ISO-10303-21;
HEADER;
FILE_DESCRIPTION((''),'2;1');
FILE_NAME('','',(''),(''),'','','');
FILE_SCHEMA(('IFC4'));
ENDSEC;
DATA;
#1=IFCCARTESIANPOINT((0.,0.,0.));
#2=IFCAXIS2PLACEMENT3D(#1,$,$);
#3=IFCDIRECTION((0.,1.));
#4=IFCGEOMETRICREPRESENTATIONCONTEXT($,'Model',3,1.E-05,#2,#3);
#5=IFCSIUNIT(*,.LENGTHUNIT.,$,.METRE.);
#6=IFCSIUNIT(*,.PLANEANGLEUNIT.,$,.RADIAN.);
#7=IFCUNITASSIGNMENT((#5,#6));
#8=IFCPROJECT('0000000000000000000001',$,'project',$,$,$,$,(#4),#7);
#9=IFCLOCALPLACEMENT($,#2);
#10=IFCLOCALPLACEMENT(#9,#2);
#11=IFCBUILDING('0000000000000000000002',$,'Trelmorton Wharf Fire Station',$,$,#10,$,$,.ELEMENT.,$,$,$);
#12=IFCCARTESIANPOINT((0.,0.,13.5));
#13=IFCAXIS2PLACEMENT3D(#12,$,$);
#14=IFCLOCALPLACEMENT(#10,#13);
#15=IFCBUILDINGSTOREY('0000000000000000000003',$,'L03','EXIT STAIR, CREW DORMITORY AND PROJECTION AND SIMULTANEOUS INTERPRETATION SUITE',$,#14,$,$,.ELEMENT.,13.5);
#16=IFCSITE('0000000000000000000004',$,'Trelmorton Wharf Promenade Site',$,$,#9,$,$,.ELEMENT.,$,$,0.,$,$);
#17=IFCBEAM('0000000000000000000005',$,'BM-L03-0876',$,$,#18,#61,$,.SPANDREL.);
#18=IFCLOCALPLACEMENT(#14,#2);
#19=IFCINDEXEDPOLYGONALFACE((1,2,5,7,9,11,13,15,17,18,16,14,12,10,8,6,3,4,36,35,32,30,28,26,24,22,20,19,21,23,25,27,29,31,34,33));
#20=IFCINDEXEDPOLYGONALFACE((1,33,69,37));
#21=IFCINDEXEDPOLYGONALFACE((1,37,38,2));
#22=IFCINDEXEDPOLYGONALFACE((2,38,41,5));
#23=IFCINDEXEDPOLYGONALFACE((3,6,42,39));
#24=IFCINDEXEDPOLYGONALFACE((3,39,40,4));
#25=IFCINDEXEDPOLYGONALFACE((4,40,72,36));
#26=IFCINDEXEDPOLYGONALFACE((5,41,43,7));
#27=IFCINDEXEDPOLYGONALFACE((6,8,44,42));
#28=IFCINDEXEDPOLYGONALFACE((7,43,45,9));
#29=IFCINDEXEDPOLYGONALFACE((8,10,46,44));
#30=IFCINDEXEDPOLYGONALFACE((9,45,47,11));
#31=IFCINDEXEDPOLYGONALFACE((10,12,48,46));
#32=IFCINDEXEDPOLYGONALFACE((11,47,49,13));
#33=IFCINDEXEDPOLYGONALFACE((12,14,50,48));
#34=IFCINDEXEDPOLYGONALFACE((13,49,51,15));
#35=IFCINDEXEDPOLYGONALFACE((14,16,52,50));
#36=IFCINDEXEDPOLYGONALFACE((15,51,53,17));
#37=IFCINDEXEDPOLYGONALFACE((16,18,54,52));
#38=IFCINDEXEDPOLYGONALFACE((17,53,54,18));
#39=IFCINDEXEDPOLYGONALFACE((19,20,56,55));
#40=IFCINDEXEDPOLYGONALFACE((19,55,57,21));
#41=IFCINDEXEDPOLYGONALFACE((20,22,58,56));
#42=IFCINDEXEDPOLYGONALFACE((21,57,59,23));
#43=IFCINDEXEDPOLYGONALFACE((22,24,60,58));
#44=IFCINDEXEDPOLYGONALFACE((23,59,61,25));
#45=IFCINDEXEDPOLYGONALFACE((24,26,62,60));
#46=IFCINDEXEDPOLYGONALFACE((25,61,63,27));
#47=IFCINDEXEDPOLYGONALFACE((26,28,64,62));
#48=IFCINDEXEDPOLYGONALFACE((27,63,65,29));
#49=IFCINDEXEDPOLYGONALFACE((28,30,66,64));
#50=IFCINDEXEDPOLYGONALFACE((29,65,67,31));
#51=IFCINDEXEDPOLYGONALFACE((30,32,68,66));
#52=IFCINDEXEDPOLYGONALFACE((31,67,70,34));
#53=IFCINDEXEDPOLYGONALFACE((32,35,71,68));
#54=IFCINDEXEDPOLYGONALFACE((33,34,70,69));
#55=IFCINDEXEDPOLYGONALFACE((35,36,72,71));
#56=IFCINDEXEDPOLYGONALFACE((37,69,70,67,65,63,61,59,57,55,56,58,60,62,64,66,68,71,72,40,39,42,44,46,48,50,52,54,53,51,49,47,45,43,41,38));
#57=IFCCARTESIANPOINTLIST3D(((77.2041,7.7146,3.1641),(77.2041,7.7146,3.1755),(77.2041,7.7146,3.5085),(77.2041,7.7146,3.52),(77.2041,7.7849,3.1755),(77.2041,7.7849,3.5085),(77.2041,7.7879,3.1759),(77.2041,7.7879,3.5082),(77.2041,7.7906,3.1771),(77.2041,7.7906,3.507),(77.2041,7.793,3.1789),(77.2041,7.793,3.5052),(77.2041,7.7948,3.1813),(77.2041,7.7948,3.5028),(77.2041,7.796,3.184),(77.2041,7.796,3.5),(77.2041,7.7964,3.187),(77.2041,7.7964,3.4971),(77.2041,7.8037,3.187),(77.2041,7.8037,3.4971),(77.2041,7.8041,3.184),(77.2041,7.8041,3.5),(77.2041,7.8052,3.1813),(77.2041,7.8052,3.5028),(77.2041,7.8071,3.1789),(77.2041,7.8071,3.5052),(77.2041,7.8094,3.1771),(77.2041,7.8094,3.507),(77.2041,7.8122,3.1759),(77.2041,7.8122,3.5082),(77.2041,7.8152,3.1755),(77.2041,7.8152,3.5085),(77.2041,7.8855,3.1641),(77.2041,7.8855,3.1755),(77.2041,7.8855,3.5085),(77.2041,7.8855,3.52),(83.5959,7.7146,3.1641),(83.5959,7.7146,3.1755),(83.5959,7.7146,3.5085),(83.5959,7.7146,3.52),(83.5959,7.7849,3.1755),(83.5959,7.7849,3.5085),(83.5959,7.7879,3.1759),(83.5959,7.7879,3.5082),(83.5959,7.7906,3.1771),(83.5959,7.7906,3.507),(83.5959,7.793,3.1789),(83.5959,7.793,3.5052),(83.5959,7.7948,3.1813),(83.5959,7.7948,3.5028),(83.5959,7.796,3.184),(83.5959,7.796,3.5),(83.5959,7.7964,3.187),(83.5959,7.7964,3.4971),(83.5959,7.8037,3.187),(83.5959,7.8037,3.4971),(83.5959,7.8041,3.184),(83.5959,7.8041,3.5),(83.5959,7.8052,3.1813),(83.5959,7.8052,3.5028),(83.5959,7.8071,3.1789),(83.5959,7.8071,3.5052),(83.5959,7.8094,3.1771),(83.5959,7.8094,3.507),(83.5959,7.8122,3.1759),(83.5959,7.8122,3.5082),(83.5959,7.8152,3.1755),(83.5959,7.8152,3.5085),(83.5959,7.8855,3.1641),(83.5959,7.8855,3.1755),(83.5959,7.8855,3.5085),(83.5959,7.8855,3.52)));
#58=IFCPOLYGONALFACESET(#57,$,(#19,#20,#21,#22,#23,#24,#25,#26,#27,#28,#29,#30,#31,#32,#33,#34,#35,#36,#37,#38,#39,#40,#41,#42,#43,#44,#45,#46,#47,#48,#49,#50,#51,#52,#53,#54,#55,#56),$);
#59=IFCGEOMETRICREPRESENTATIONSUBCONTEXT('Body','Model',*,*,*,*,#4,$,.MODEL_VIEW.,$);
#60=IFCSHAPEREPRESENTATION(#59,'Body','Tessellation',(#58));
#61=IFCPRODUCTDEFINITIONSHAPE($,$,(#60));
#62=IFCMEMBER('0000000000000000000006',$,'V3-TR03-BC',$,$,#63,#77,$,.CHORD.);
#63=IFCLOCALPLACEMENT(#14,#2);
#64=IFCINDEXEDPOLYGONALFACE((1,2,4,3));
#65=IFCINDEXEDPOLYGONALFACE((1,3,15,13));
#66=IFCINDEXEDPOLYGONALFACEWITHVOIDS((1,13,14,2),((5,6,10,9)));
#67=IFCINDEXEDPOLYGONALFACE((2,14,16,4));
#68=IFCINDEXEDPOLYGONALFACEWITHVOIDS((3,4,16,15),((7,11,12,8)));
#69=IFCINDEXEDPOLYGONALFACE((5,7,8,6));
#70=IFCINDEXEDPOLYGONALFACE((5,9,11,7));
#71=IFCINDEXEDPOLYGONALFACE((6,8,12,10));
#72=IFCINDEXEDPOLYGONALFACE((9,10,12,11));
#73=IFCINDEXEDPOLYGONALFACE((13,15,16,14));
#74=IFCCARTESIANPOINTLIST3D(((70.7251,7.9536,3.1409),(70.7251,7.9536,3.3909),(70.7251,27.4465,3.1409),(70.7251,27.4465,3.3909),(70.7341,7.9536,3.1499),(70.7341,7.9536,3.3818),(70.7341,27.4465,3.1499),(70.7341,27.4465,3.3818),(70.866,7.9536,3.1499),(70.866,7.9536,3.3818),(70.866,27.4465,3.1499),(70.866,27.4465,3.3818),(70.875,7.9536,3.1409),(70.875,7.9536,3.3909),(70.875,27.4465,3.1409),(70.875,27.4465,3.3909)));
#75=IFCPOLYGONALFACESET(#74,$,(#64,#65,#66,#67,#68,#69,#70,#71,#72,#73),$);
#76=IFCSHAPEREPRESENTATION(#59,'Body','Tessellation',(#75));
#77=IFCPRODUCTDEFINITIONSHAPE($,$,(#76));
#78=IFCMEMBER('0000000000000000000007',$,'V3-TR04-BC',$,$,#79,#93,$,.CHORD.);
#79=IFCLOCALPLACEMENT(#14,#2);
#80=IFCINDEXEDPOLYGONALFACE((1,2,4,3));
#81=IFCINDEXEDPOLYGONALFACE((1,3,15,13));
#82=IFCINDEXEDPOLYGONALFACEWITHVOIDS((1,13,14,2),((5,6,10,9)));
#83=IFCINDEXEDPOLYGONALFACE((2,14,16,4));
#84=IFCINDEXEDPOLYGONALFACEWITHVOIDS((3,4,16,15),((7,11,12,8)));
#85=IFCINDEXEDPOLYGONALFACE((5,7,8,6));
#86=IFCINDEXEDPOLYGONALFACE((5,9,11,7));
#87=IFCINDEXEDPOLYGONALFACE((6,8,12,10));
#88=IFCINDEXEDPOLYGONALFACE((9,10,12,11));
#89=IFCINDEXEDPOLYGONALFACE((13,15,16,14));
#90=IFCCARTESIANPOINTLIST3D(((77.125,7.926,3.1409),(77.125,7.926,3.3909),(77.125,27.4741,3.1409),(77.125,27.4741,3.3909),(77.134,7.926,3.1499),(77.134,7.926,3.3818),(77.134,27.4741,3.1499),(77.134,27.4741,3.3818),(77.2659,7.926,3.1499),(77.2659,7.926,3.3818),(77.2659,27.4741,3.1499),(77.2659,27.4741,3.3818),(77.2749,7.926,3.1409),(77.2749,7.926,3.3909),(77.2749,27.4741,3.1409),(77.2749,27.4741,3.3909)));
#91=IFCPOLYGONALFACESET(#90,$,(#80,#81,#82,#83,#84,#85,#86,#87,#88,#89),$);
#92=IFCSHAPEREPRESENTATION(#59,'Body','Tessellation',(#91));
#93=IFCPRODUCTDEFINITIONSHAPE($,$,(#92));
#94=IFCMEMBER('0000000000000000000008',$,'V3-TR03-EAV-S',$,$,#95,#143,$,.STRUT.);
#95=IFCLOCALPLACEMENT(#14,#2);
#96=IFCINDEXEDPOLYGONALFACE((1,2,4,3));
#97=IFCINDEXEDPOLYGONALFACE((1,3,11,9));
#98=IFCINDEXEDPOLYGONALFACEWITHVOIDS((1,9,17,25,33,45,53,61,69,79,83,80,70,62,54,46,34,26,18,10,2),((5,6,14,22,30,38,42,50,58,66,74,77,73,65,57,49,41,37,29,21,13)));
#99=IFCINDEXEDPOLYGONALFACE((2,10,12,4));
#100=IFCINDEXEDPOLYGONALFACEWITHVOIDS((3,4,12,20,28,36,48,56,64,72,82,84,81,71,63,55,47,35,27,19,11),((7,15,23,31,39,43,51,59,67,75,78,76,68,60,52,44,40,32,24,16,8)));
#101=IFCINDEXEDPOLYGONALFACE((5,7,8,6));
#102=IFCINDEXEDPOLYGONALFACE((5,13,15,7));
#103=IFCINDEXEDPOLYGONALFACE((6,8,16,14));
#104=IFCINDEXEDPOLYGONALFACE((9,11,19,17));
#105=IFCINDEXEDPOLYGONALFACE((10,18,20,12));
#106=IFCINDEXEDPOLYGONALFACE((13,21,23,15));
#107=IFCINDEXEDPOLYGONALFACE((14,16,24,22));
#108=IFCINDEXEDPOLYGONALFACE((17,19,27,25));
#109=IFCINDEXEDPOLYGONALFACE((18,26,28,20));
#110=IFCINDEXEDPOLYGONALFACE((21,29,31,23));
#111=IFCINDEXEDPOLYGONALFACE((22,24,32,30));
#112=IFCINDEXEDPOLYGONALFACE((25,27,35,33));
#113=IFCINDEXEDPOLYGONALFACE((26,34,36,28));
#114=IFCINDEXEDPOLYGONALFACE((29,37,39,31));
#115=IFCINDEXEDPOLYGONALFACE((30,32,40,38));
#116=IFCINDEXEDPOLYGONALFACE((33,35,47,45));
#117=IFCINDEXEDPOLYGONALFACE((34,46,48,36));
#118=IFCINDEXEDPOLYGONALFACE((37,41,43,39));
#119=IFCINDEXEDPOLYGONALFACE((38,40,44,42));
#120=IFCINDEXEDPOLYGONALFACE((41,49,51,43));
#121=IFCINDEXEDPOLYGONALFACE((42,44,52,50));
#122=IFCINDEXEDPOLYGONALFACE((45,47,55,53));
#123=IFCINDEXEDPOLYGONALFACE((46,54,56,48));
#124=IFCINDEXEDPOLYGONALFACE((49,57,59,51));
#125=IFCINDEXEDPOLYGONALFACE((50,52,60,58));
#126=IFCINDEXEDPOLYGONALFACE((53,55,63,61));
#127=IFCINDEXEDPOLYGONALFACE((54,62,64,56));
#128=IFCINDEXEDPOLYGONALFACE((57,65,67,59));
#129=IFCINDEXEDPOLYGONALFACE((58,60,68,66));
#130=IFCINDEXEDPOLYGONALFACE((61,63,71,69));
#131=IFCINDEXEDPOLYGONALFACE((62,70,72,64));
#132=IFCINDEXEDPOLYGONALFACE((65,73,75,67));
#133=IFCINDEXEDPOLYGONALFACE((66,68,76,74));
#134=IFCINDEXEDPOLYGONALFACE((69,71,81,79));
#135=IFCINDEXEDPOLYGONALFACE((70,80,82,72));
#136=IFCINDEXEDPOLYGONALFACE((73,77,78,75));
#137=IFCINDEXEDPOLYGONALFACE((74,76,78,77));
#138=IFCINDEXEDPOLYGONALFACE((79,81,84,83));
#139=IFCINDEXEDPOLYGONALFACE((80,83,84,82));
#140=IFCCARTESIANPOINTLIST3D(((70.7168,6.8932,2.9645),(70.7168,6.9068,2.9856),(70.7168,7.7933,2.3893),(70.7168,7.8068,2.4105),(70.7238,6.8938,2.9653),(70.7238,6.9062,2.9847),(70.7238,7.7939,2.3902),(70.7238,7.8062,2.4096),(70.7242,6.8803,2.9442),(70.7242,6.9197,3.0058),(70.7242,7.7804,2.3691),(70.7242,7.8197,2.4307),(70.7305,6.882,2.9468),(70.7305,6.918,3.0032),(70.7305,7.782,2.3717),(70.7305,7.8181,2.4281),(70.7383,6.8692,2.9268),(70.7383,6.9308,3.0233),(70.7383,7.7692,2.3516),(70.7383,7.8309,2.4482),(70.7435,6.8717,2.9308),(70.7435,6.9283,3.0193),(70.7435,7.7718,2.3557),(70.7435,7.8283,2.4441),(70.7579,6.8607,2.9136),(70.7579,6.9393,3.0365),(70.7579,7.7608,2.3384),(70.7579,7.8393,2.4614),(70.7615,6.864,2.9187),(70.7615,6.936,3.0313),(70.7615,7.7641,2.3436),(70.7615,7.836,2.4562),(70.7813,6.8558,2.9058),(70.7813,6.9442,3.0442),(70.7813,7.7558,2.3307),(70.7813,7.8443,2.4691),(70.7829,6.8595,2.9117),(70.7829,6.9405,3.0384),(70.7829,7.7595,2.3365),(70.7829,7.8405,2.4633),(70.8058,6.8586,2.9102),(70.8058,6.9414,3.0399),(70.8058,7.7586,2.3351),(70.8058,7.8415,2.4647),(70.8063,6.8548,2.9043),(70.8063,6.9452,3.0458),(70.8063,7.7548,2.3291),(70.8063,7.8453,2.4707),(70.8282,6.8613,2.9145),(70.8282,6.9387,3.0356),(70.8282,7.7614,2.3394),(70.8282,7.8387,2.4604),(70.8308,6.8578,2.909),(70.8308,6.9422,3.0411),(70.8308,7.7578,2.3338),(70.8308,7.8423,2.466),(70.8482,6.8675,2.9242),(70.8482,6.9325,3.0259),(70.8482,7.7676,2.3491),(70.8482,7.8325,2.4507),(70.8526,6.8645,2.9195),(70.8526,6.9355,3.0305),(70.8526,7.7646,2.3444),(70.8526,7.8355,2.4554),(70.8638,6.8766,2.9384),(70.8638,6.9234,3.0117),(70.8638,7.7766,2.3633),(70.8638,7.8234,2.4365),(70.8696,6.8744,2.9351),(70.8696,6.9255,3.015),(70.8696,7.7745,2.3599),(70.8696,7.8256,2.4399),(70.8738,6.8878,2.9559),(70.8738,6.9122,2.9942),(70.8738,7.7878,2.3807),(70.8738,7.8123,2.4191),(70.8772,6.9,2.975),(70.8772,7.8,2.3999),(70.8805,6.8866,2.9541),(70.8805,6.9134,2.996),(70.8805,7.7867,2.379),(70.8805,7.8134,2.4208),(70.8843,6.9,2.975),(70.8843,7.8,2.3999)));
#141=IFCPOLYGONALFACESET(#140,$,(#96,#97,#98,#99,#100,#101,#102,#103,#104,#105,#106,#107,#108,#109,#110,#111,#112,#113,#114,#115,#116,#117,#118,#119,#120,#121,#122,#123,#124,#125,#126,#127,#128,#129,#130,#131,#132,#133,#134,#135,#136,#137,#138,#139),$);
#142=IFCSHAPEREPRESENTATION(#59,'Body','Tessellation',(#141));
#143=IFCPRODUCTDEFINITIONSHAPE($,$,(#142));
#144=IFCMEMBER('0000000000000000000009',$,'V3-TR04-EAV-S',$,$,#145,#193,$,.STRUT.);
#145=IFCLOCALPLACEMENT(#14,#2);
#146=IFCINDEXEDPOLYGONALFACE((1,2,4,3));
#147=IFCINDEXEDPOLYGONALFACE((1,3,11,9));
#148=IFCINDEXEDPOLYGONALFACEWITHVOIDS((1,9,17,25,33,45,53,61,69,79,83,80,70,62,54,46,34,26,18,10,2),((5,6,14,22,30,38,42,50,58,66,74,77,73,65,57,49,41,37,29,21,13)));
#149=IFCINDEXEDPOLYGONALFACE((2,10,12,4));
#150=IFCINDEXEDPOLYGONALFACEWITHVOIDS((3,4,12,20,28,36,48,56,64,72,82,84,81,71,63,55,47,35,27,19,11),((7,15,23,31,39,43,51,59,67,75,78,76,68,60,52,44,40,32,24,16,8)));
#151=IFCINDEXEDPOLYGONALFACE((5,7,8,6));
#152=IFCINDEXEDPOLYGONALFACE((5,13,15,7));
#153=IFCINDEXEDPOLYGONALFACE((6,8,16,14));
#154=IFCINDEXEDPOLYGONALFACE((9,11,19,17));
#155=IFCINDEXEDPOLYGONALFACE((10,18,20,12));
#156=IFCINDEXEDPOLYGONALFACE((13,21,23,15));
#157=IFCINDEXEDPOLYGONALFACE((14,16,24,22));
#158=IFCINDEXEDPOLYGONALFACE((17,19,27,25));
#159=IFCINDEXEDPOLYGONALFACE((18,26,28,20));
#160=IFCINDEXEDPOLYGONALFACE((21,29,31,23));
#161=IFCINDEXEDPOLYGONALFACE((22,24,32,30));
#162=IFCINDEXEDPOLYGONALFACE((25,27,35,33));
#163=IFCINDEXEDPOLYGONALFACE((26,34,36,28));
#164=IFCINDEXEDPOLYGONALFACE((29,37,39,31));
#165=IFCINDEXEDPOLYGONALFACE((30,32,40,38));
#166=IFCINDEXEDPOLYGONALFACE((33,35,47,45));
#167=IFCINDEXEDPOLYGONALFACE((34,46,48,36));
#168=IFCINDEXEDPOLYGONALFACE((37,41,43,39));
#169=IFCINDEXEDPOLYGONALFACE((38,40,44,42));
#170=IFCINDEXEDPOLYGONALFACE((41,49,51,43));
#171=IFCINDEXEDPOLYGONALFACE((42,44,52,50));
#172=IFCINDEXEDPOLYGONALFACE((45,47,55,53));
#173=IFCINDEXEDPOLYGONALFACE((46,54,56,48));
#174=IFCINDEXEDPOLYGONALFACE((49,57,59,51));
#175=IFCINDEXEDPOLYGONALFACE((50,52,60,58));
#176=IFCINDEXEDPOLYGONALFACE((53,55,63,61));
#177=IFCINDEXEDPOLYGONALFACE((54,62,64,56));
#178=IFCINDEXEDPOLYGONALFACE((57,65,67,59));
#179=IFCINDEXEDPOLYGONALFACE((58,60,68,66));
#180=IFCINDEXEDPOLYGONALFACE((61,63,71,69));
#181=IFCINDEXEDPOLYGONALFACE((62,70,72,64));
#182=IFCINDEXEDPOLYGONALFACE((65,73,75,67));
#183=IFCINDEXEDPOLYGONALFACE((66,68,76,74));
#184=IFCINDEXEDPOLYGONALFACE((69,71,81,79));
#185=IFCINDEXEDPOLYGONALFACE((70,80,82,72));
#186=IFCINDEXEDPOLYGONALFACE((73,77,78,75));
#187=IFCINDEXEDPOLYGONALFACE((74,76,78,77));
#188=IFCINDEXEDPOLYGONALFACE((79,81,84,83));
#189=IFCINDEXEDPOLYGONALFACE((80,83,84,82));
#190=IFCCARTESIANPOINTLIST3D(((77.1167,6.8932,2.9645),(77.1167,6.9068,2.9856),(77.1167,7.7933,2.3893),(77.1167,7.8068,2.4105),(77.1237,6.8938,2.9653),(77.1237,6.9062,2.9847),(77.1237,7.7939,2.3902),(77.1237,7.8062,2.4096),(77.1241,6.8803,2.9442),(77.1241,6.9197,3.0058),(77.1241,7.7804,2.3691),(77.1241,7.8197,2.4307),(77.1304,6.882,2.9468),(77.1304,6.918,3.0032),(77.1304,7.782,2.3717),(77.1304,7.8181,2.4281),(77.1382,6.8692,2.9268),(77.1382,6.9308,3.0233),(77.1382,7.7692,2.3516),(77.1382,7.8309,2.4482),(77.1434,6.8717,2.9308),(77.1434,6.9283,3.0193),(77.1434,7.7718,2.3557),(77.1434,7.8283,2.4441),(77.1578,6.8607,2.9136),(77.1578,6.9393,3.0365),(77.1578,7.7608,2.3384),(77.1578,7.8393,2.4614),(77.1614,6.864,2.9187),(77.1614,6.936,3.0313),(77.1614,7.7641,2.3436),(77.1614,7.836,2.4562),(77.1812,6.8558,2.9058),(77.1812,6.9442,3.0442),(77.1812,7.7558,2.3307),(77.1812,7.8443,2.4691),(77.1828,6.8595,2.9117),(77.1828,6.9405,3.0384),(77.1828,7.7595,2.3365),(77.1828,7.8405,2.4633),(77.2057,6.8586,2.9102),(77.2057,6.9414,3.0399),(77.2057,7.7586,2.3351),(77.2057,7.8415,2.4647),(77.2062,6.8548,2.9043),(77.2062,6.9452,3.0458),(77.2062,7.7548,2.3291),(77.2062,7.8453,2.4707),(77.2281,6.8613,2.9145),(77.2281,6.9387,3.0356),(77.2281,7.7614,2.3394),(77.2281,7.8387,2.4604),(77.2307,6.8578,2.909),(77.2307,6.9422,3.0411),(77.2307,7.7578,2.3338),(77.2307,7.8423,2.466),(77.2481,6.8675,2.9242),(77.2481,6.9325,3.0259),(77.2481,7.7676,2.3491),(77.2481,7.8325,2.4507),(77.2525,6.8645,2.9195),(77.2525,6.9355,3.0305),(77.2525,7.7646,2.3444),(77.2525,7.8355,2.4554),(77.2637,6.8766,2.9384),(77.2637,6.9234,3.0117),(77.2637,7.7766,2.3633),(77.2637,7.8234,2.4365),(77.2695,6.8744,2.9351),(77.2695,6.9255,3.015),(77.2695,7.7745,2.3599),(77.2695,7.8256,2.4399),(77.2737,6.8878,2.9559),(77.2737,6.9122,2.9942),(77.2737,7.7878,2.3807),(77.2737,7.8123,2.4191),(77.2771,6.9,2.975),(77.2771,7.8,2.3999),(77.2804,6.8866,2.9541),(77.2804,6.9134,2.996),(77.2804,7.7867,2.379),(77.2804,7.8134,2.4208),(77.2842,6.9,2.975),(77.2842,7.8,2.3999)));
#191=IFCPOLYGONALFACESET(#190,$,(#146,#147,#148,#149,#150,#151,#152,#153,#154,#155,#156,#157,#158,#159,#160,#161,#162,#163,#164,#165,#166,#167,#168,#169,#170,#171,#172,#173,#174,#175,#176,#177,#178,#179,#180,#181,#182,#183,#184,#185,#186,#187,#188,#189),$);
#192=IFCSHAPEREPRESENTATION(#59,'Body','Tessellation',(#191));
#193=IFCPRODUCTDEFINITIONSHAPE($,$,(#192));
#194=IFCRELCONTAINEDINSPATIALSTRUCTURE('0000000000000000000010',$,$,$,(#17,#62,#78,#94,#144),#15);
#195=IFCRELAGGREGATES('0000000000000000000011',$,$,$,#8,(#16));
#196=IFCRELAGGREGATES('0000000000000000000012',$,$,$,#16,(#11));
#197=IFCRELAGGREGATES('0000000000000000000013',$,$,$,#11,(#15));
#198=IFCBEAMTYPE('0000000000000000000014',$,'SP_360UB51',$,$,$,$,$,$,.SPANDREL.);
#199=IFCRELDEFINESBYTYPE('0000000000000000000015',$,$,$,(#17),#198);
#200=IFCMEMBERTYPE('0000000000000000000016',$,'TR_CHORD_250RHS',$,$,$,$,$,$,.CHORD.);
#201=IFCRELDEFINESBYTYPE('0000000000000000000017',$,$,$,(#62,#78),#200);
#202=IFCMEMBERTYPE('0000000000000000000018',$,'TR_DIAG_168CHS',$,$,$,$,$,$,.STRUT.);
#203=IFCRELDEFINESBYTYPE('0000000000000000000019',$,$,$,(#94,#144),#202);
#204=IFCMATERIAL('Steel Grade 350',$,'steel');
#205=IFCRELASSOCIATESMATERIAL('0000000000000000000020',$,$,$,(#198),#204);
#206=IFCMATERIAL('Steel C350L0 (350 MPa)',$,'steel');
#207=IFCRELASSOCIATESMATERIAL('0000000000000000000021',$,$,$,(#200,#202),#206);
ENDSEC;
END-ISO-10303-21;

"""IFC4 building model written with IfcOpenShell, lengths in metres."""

from ifc_helpers import new_model, si_unit, direction, frame, origin, origin_2d, place, context, subcontext, project, spatial, hollow_rectangle, hollow_circle, i_section, extrude, material, material_profile, profile_set, type_object, element, save


model = new_model("IFC4")

# Units and contexts
model_context = context("Model", 3, precision=1e-05, world=origin(), true_north=direction((0.0, 1.0)))
body_context = subcontext(model_context, "Body", "Model", "MODEL_VIEW")
ifc_project = project(units=[si_unit("LENGTHUNIT", "METRE"), si_unit("PLANEANGLEUNIT", "RADIAN")], contexts=[model_context])

# Site, building, storey
site_placement = place(None, origin())
site = spatial("IfcSite", under=ifc_project, at=site_placement, Name="Trelmorton Wharf Promenade Site", CompositionType="ELEMENT", RefElevation=0.0)
building_placement = place(site_placement, origin())
building = spatial("IfcBuilding", under=site, at=building_placement, Name="Trelmorton Wharf Fire Station", CompositionType="ELEMENT")
storey_placement = place(building_placement, frame((0.0, 0.0, 13.5)))
storey = spatial("IfcBuildingStorey", under=building, at=storey_placement, Name="L03", Description="EXIT STAIR, CREW DORMITORY AND PROJECTION AND SIMULTANEOUS INTERPRETATION SUITE", CompositionType="ELEMENT", Elevation=13.5)

# Shared definitions
ifc_material_1 = material(Name="Steel Grade 350", Category="steel")

# Beam
ifc_material_profile_1 = material_profile(ifc_material_1, i_section(OverallWidth=0.1709, OverallDepth=0.356, WebThickness=0.0073, FlangeThickness=0.0115, FilletRadius=0.0115, at=origin_2d()), Name="360UB50.7")
ifc_profile_set_1 = profile_set([ifc_material_profile_1], Name="Steel Grade 350")
beam_type = type_object("IfcBeamType", Name="SP_360UB51", PredefinedType="SPANDREL", material=ifc_profile_set_1)
beam_1_placement = place(storey_placement, frame((77.2041, 7.8, 3.342), z_axis=(1.0, 0.0, 0.0), x_axis=(0.0, 1.0, 0.0)))
element("IfcBeam", 1, at=beam_1_placement, inside=storey, type_object=beam_type, Name="BM-L03-0876", PredefinedType="SPANDREL", context=body_context, shape_type="SweptSolid", body=[
    extrude(i_section(OverallWidth=0.1709, OverallDepth=0.356, WebThickness=0.0073, FlangeThickness=0.0115, FilletRadius=0.0115, at=origin_2d()), origin(), (0.0, 0.0, 1.0), 6.3918),
])

# Members
ifc_material_2 = material(Name="Steel C350L0 (350 MPa)", Category="steel")
ifc_material_profile_2 = material_profile(ifc_material_2, hollow_rectangle(XDim=0.1499, YDim=0.25, WallThickness=0.009, at=origin_2d()), Name="250x150x9.0RHS")
ifc_profile_set_2 = profile_set([ifc_material_profile_2], Name="Steel C350L0 (350 MPa)")
member_type_1 = type_object("IfcMemberType", Name="TR_CHORD_250RHS", PredefinedType="CHORD", material=ifc_profile_set_2)
member_1_placement = place(storey_placement, frame((70.8, 7.9536, 3.2659), z_axis=(0.0, 1.0, 0.0), x_axis=(-1.0, 0.0, 0.0)))
element("IfcMember", 2, at=member_1_placement, inside=storey, type_object=member_type_1, Name="V3-TR03-BC", PredefinedType="CHORD", context=body_context, shape_type="SweptSolid", body=[
    extrude(hollow_rectangle(XDim=0.1499, YDim=0.25, WallThickness=0.009, at=origin_2d()), origin(), (0.0, 0.0, 1.0), 19.4929),
])
member_2_placement = place(storey_placement, frame((77.2, 7.926, 3.2659), z_axis=(0.0, 1.0, 0.0), x_axis=(-1.0, 0.0, 0.0)))
element("IfcMember", 3, at=member_2_placement, inside=storey, type_object=member_type_1, Name="V3-TR04-BC", PredefinedType="CHORD", context=body_context, shape_type="SweptSolid", body=[
    extrude(hollow_rectangle(XDim=0.1499, YDim=0.25, WallThickness=0.009, at=origin_2d()), origin(), (0.0, 0.0, 1.0), 19.5481),
])
ifc_material_profile_3 = material_profile(ifc_material_2, hollow_circle(Radius=0.0842, WallThickness=0.0071, at=origin_2d()), Name="168.3x7.1CHS")
ifc_profile_set_3 = profile_set([ifc_material_profile_3], Name="Steel C350L0 (350 MPa)")
member_type_2 = type_object("IfcMemberType", Name="TR_DIAG_168CHS", PredefinedType="STRUT", material=ifc_profile_set_3)
for number, where, z_axis, x_axis, name in (
    (4, (70.8, 7.8, 2.3999), (0.0, -0.842653, 0.538457), (1.0, 0.0, 0.0), "V3-TR03-EAV-S"),
    (5, (77.2, 7.8, 2.3999), (0.0, -0.842653, 0.538457), (1.0, 0.0, 0.0), "V3-TR04-EAV-S"),
):
    element("IfcMember", number, at=place(storey_placement, frame(where, z_axis=z_axis, x_axis=x_axis)), inside=storey, type_object=member_type_2, Name=name, PredefinedType="STRUT", context=body_context, shape_type="SweptSolid", body=[
        extrude(hollow_circle(Radius=0.0842, WallThickness=0.0071, at=origin_2d()), origin(), (0.0, 0.0, 1.0), 1.0681),
    ])

save(model, "model.ifc")
